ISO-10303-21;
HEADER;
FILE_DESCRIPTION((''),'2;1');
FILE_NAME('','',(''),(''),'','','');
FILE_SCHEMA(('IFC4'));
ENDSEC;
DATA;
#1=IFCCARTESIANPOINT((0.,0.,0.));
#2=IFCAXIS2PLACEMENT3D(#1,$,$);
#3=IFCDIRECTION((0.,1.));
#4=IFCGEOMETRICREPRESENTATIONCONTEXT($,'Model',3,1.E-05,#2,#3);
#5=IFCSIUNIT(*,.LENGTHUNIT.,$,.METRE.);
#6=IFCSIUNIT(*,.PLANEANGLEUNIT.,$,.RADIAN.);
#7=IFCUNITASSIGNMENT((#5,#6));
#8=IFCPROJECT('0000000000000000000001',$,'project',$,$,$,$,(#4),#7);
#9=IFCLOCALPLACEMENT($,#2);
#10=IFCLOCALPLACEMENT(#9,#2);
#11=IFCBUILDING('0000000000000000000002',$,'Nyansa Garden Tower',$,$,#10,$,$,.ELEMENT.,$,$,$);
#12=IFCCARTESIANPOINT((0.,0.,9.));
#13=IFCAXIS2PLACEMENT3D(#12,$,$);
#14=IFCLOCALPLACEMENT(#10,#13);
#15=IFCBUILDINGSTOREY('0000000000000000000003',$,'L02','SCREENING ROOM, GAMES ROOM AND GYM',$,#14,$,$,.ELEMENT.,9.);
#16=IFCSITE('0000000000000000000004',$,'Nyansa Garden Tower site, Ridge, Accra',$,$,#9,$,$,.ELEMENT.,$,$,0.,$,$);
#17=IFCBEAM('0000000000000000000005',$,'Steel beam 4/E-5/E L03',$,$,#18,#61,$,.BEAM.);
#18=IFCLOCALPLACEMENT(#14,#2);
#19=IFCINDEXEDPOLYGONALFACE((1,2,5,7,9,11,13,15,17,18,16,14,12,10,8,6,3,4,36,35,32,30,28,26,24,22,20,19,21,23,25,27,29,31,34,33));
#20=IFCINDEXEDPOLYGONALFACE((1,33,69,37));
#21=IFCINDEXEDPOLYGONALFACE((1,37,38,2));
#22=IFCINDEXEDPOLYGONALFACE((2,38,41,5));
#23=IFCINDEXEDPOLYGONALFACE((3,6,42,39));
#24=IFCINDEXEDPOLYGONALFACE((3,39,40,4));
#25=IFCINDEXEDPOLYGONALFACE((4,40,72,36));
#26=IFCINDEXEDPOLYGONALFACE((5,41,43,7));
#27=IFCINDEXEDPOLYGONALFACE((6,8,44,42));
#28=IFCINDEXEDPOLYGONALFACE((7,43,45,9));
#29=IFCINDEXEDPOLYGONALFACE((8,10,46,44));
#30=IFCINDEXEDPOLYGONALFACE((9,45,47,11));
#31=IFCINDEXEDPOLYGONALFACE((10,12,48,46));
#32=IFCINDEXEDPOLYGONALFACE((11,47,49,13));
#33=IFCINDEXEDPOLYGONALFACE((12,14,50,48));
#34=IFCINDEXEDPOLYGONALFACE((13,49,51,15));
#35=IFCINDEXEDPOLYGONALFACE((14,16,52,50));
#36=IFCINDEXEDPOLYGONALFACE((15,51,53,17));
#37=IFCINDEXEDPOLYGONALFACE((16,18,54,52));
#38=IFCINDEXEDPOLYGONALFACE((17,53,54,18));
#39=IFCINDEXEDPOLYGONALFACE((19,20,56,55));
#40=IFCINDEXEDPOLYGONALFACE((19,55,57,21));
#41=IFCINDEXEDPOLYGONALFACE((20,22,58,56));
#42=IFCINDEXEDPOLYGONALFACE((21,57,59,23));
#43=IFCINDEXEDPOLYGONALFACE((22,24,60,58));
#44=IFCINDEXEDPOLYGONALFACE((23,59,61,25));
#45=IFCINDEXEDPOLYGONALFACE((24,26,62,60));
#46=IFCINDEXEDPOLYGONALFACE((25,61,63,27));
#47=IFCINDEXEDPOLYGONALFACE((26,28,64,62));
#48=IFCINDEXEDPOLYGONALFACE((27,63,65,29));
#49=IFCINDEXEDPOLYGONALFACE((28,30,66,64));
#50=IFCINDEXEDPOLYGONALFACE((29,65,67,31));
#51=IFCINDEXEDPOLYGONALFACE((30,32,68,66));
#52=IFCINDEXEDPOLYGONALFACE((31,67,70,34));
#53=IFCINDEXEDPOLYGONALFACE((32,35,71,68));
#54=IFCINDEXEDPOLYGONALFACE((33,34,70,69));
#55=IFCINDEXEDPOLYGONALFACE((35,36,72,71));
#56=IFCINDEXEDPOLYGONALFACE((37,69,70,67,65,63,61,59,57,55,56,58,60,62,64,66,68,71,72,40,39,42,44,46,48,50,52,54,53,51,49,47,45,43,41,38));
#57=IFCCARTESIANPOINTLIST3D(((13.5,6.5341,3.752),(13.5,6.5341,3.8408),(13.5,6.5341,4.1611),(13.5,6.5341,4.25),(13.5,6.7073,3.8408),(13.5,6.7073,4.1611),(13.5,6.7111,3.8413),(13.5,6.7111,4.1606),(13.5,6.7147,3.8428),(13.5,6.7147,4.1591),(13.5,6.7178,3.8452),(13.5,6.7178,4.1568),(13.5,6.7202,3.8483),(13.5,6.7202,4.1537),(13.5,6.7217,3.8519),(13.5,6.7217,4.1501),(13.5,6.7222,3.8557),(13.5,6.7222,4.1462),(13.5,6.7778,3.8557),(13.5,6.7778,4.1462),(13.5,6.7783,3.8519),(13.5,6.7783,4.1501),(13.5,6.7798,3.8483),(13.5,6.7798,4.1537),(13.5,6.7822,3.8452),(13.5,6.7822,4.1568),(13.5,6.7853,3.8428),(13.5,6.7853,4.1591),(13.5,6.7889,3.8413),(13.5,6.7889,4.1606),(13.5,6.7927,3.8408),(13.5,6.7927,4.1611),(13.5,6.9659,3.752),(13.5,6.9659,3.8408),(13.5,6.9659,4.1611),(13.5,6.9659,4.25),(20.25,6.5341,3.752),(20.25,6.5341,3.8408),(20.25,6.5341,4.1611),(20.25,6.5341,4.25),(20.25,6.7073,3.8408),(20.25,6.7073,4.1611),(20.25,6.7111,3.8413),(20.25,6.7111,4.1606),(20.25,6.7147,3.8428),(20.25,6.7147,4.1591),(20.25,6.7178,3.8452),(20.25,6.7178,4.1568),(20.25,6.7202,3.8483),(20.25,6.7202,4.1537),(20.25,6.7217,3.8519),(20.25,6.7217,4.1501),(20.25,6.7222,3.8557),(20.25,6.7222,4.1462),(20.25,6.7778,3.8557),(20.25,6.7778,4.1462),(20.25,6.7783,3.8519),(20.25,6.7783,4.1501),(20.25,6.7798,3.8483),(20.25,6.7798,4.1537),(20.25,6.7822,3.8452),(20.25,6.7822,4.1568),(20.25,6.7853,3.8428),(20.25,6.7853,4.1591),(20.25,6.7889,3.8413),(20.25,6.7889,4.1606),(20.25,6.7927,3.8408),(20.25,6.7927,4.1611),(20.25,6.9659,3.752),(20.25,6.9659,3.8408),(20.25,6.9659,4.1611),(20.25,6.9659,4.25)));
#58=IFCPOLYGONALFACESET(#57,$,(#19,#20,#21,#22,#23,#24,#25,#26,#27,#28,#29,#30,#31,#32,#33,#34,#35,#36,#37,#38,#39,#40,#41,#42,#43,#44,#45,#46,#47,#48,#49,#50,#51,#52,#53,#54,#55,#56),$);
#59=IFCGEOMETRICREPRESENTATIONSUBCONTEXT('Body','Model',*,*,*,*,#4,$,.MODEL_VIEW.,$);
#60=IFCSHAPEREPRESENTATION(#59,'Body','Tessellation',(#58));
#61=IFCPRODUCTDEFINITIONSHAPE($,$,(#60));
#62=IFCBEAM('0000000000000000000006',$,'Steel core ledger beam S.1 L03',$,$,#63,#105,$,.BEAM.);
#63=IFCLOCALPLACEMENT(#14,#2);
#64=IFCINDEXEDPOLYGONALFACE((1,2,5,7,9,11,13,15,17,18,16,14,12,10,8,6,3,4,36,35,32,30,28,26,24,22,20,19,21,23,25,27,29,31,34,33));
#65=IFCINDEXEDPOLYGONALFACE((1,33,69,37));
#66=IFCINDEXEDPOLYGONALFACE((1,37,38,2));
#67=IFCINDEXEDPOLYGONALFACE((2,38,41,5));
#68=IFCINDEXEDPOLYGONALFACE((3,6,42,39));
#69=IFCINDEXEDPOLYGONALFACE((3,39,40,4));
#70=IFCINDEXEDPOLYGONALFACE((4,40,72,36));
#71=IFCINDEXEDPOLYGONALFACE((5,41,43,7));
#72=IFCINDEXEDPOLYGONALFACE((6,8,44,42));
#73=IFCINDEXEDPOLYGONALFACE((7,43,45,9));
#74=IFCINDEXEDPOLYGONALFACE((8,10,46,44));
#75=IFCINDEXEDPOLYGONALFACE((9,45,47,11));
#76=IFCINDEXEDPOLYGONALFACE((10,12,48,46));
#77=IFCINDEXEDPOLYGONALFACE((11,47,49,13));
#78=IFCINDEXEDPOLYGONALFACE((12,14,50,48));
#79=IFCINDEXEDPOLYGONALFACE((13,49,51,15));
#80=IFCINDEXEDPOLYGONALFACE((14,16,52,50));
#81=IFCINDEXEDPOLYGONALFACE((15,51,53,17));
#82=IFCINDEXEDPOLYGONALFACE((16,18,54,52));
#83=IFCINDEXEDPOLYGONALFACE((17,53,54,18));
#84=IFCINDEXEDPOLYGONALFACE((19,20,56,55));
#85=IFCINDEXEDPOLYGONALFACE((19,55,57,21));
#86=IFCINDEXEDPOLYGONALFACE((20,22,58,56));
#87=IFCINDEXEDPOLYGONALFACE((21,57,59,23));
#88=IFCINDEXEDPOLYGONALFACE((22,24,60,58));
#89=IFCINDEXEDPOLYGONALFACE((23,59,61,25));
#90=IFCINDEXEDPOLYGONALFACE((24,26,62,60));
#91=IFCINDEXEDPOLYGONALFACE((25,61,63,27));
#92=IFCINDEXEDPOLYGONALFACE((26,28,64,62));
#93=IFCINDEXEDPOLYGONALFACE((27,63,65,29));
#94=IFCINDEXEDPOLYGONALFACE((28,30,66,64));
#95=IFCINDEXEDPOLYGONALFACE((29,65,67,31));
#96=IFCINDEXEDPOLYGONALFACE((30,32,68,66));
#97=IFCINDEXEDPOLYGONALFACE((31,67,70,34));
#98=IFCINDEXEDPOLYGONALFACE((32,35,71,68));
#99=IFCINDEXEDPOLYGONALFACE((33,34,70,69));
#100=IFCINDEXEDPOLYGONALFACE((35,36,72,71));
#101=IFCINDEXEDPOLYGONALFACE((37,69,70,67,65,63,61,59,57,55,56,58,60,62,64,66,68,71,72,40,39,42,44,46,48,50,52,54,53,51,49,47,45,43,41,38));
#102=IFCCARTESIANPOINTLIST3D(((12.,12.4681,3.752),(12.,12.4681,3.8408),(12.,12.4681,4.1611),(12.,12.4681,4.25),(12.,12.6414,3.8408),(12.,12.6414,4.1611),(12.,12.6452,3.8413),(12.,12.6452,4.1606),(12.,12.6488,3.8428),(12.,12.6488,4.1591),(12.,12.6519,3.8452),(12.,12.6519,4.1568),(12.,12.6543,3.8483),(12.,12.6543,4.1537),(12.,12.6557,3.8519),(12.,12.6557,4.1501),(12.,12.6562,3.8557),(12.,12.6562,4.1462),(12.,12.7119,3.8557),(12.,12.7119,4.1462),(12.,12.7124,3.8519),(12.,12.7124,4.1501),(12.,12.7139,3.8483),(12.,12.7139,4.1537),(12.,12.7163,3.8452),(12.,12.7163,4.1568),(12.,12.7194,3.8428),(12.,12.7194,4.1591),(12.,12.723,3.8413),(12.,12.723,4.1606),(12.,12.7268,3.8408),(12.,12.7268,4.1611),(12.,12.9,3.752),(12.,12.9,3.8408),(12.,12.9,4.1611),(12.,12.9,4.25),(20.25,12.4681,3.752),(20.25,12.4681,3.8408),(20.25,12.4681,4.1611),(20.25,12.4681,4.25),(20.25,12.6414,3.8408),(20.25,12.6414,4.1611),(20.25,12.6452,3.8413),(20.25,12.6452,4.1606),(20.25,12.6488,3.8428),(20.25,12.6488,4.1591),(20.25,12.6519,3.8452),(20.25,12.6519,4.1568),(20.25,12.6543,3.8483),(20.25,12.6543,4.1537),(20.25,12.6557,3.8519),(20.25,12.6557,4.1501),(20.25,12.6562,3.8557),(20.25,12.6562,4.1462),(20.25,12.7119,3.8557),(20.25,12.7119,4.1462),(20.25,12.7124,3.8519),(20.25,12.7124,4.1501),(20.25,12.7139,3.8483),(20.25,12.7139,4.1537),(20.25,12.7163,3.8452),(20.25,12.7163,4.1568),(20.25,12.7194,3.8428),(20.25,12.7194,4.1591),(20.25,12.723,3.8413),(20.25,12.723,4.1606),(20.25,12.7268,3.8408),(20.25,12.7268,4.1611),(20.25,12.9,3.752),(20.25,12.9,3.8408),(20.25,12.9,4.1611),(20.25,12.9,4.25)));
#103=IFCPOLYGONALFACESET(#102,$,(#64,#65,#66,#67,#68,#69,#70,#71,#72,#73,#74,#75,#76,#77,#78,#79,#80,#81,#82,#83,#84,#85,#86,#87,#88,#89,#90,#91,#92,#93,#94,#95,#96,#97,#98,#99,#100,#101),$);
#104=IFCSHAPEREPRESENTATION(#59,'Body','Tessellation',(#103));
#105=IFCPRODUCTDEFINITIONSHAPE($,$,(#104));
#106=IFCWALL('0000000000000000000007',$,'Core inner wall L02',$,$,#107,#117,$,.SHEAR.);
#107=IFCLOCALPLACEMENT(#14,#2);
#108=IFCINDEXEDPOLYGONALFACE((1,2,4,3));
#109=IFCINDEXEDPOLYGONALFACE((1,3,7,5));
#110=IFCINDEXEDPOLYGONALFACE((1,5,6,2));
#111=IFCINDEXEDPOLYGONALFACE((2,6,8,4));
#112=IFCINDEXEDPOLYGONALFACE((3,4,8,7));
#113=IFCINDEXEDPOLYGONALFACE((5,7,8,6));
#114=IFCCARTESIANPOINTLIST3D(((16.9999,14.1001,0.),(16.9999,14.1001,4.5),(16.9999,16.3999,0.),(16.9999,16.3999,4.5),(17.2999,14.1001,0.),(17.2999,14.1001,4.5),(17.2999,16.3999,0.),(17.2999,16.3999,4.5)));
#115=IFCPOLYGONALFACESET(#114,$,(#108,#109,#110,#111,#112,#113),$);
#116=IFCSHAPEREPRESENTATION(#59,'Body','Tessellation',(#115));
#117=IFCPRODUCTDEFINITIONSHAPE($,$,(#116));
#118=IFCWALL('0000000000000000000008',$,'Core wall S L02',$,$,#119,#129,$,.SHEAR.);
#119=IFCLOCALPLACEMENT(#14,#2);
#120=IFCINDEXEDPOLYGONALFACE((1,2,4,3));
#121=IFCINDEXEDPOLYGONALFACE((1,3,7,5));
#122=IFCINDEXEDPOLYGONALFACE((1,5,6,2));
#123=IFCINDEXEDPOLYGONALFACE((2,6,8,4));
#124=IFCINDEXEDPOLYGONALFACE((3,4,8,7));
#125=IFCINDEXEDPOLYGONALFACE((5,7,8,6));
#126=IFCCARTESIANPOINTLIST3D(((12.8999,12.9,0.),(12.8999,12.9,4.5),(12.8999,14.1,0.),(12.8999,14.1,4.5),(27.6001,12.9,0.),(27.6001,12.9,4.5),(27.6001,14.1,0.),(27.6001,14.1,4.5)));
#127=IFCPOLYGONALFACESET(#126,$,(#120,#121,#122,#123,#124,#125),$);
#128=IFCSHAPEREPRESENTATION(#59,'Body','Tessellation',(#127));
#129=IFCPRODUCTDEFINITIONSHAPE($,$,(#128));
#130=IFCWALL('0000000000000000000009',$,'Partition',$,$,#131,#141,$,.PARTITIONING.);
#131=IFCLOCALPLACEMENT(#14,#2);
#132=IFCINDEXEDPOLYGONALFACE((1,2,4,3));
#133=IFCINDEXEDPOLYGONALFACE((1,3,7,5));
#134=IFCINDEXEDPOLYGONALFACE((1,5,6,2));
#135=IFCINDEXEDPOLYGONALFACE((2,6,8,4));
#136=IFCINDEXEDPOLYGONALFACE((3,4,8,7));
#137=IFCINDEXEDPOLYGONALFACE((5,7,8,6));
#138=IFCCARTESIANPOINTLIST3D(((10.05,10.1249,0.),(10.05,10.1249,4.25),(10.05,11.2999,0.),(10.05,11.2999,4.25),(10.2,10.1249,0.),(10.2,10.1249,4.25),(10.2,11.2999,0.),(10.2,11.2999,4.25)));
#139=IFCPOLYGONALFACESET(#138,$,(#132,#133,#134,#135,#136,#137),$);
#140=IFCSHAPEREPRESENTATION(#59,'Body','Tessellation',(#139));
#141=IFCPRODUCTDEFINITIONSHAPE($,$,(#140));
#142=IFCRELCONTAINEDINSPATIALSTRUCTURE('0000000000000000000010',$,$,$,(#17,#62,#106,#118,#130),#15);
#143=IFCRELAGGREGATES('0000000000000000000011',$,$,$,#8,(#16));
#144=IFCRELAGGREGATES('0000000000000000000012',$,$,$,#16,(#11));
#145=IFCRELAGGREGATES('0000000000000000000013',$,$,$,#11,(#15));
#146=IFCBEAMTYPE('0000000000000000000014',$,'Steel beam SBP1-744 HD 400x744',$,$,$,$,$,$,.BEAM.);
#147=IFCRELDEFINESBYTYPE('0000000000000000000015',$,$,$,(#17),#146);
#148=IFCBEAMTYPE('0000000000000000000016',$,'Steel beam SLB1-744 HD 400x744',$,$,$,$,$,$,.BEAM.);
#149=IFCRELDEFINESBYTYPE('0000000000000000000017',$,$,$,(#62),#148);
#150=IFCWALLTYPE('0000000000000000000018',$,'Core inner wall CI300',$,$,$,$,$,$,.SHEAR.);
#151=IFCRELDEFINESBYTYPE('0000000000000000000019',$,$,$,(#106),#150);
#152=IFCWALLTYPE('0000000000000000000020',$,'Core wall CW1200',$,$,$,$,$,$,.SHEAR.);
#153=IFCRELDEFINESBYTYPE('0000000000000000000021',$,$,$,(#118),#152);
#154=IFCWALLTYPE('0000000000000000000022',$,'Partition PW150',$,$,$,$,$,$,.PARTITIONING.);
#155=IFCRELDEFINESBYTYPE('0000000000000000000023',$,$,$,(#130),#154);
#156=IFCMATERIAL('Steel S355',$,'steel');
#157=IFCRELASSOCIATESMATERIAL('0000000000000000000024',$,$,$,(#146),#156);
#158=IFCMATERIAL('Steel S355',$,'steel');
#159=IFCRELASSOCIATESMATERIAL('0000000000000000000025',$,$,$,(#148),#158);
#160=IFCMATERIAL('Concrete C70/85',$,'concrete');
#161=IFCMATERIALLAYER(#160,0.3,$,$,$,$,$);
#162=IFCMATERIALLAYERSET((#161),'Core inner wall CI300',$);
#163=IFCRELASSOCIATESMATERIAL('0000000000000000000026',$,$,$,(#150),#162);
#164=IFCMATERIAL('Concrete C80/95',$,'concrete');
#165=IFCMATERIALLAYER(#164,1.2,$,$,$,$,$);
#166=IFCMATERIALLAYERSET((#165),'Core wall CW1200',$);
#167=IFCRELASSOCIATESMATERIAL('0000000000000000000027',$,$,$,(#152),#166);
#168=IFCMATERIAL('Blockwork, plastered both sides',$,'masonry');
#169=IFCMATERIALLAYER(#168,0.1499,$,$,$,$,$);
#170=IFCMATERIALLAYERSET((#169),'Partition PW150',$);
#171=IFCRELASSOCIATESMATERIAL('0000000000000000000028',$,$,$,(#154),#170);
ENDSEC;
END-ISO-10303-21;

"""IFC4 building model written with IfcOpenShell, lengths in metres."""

from ifc_helpers import new_model, si_unit, direction, frame, frame_2d, origin, origin_2d, place, context, subcontext, project, spatial, rectangle, i_section, extrude, material, layer, layer_set, material_profile, profile_set, type_object, element, save


model = new_model("IFC4")

# Units and contexts
model_context = context("Model", 3, precision=1e-05, world=origin(), true_north=direction((0.0, 1.0)))
body_context = subcontext(model_context, "Body", "Model", "MODEL_VIEW")
ifc_project = project(units=[si_unit("LENGTHUNIT", "METRE"), si_unit("PLANEANGLEUNIT", "RADIAN")], contexts=[model_context])

# Site, building, storey
site_placement = place(None, origin())
site = spatial("IfcSite", under=ifc_project, at=site_placement, Name="Nyansa Garden Tower site, Ridge, Accra", CompositionType="ELEMENT", RefElevation=0.0)
building_placement = place(site_placement, origin())
building = spatial("IfcBuilding", under=site, at=building_placement, Name="Nyansa Garden Tower", CompositionType="ELEMENT")
storey_placement = place(building_placement, frame((0.0, 0.0, 9.0)))
storey = spatial("IfcBuildingStorey", under=building, at=storey_placement, Name="L02", Description="SCREENING ROOM, GAMES ROOM AND GYM", CompositionType="ELEMENT", Elevation=9.0)

# Beams
ifc_material_1 = material(Name="Steel S355", Category="steel")
ifc_material_profile_1 = material_profile(ifc_material_1, i_section(OverallWidth=0.4319, OverallDepth=0.498, WebThickness=0.0557, FlangeThickness=0.0889, FilletRadius=0.0149, at=origin_2d()), Name="HD 400x744")
ifc_profile_set_1 = profile_set([ifc_material_profile_1], Name="Steel S355")
beam_type_1 = type_object("IfcBeamType", Name="Steel beam SBP1-744 HD 400x744", PredefinedType="BEAM", material=ifc_profile_set_1)
beam_1_placement = place(storey_placement, frame((13.5, 6.75, 4.001), z_axis=(1.0, 0.0, 0.0), x_axis=(0.0, 1.0, 0.0)))
element("IfcBeam", 1, at=beam_1_placement, inside=storey, type_object=beam_type_1, Name="Steel beam 4/E-5/E L03", PredefinedType="BEAM", context=body_context, shape_type="SweptSolid", body=[
    extrude(i_section(OverallWidth=0.4319, OverallDepth=0.498, WebThickness=0.0557, FlangeThickness=0.0889, FilletRadius=0.0149, at=origin_2d()), origin(), (0.0, 0.0, 1.0), 6.75),
])
ifc_material_2 = material(Name="Steel S355", Category="steel")
ifc_material_profile_2 = material_profile(ifc_material_2, i_section(OverallWidth=0.4319, OverallDepth=0.498, WebThickness=0.0557, FlangeThickness=0.0889, FilletRadius=0.0149, at=origin_2d()), Name="HD 400x744")
ifc_profile_set_2 = profile_set([ifc_material_profile_2], Name="Steel S355")
beam_type_2 = type_object("IfcBeamType", Name="Steel beam SLB1-744 HD 400x744", PredefinedType="BEAM", material=ifc_profile_set_2)
beam_2_placement = place(storey_placement, frame((12.0, 12.6841, 4.001), z_axis=(1.0, 0.0, 0.0), x_axis=(0.0, 1.0, 0.0)))
element("IfcBeam", 2, at=beam_2_placement, inside=storey, type_object=beam_type_2, Name="Steel core ledger beam S.1 L03", PredefinedType="BEAM", context=body_context, shape_type="SweptSolid", body=[
    extrude(i_section(OverallWidth=0.4319, OverallDepth=0.498, WebThickness=0.0557, FlangeThickness=0.0889, FilletRadius=0.0149, at=origin_2d()), origin(), (0.0, 0.0, 1.0), 8.25),
])

# Walls
ifc_material_3 = material(Name="Concrete C70/85", Category="concrete")
ifc_layer_1 = layer(ifc_material_3, 0.3)
ifc_layer_set_1 = layer_set([ifc_layer_1], Name="Core inner wall CI300")
wall_type_1 = type_object("IfcWallType", Name="Core inner wall CI300", PredefinedType="SHEAR", material=ifc_layer_set_1)
wall_1_placement = place(storey_placement, frame((17.1499, 14.1001, 0.0), z_axis=(0.0, 0.0, 1.0), x_axis=(0.0, 1.0, 0.0)))
element("IfcWall", 3, at=wall_1_placement, inside=storey, type_object=wall_type_1, Name="Core inner wall L02", PredefinedType="SHEAR", context=body_context, shape_type="SweptSolid", body=[
    extrude(rectangle(XDim=2.2998, YDim=0.3, at=frame_2d((1.1499, 0.0))), origin(), (0.0, 0.0, 1.0), 4.5),
])
ifc_material_4 = material(Name="Concrete C80/95", Category="concrete")
ifc_layer_2 = layer(ifc_material_4, 1.2)
ifc_layer_set_2 = layer_set([ifc_layer_2], Name="Core wall CW1200")
wall_type_2 = type_object("IfcWallType", Name="Core wall CW1200", PredefinedType="SHEAR", material=ifc_layer_set_2)
wall_2_placement = place(storey_placement, frame((12.8999, 13.5, 0.0), z_axis=(0.0, 0.0, 1.0), x_axis=(1.0, 0.0, 0.0)))
element("IfcWall", 4, at=wall_2_placement, inside=storey, type_object=wall_type_2, Name="Core wall S L02", PredefinedType="SHEAR", context=body_context, shape_type="SweptSolid", body=[
    extrude(rectangle(XDim=14.7002, YDim=1.2, at=frame_2d((7.3501, 0.0))), origin(), (0.0, 0.0, 1.0), 4.5),
])
ifc_material_5 = material(Name="Blockwork, plastered both sides", Category="masonry")
ifc_layer_3 = layer(ifc_material_5, 0.1499)
ifc_layer_set_3 = layer_set([ifc_layer_3], Name="Partition PW150")
wall_type_3 = type_object("IfcWallType", Name="Partition PW150", PredefinedType="PARTITIONING", material=ifc_layer_set_3)
wall_3_placement = place(storey_placement, frame((10.125, 10.125, 0.0), z_axis=(0.0, 0.0, 1.0), x_axis=(0.0, 1.0, 0.0)))
element("IfcWall", 5, at=wall_3_placement, inside=storey, type_object=wall_type_3, Name="Partition", PredefinedType="PARTITIONING", context=body_context, shape_type="SweptSolid", body=[
    extrude(rectangle(XDim=1.175, YDim=0.1499, at=frame_2d((0.5874, 0.0))), origin(), (0.0, 0.0, 1.0), 4.25),
])

save(model, "model.ifc")
